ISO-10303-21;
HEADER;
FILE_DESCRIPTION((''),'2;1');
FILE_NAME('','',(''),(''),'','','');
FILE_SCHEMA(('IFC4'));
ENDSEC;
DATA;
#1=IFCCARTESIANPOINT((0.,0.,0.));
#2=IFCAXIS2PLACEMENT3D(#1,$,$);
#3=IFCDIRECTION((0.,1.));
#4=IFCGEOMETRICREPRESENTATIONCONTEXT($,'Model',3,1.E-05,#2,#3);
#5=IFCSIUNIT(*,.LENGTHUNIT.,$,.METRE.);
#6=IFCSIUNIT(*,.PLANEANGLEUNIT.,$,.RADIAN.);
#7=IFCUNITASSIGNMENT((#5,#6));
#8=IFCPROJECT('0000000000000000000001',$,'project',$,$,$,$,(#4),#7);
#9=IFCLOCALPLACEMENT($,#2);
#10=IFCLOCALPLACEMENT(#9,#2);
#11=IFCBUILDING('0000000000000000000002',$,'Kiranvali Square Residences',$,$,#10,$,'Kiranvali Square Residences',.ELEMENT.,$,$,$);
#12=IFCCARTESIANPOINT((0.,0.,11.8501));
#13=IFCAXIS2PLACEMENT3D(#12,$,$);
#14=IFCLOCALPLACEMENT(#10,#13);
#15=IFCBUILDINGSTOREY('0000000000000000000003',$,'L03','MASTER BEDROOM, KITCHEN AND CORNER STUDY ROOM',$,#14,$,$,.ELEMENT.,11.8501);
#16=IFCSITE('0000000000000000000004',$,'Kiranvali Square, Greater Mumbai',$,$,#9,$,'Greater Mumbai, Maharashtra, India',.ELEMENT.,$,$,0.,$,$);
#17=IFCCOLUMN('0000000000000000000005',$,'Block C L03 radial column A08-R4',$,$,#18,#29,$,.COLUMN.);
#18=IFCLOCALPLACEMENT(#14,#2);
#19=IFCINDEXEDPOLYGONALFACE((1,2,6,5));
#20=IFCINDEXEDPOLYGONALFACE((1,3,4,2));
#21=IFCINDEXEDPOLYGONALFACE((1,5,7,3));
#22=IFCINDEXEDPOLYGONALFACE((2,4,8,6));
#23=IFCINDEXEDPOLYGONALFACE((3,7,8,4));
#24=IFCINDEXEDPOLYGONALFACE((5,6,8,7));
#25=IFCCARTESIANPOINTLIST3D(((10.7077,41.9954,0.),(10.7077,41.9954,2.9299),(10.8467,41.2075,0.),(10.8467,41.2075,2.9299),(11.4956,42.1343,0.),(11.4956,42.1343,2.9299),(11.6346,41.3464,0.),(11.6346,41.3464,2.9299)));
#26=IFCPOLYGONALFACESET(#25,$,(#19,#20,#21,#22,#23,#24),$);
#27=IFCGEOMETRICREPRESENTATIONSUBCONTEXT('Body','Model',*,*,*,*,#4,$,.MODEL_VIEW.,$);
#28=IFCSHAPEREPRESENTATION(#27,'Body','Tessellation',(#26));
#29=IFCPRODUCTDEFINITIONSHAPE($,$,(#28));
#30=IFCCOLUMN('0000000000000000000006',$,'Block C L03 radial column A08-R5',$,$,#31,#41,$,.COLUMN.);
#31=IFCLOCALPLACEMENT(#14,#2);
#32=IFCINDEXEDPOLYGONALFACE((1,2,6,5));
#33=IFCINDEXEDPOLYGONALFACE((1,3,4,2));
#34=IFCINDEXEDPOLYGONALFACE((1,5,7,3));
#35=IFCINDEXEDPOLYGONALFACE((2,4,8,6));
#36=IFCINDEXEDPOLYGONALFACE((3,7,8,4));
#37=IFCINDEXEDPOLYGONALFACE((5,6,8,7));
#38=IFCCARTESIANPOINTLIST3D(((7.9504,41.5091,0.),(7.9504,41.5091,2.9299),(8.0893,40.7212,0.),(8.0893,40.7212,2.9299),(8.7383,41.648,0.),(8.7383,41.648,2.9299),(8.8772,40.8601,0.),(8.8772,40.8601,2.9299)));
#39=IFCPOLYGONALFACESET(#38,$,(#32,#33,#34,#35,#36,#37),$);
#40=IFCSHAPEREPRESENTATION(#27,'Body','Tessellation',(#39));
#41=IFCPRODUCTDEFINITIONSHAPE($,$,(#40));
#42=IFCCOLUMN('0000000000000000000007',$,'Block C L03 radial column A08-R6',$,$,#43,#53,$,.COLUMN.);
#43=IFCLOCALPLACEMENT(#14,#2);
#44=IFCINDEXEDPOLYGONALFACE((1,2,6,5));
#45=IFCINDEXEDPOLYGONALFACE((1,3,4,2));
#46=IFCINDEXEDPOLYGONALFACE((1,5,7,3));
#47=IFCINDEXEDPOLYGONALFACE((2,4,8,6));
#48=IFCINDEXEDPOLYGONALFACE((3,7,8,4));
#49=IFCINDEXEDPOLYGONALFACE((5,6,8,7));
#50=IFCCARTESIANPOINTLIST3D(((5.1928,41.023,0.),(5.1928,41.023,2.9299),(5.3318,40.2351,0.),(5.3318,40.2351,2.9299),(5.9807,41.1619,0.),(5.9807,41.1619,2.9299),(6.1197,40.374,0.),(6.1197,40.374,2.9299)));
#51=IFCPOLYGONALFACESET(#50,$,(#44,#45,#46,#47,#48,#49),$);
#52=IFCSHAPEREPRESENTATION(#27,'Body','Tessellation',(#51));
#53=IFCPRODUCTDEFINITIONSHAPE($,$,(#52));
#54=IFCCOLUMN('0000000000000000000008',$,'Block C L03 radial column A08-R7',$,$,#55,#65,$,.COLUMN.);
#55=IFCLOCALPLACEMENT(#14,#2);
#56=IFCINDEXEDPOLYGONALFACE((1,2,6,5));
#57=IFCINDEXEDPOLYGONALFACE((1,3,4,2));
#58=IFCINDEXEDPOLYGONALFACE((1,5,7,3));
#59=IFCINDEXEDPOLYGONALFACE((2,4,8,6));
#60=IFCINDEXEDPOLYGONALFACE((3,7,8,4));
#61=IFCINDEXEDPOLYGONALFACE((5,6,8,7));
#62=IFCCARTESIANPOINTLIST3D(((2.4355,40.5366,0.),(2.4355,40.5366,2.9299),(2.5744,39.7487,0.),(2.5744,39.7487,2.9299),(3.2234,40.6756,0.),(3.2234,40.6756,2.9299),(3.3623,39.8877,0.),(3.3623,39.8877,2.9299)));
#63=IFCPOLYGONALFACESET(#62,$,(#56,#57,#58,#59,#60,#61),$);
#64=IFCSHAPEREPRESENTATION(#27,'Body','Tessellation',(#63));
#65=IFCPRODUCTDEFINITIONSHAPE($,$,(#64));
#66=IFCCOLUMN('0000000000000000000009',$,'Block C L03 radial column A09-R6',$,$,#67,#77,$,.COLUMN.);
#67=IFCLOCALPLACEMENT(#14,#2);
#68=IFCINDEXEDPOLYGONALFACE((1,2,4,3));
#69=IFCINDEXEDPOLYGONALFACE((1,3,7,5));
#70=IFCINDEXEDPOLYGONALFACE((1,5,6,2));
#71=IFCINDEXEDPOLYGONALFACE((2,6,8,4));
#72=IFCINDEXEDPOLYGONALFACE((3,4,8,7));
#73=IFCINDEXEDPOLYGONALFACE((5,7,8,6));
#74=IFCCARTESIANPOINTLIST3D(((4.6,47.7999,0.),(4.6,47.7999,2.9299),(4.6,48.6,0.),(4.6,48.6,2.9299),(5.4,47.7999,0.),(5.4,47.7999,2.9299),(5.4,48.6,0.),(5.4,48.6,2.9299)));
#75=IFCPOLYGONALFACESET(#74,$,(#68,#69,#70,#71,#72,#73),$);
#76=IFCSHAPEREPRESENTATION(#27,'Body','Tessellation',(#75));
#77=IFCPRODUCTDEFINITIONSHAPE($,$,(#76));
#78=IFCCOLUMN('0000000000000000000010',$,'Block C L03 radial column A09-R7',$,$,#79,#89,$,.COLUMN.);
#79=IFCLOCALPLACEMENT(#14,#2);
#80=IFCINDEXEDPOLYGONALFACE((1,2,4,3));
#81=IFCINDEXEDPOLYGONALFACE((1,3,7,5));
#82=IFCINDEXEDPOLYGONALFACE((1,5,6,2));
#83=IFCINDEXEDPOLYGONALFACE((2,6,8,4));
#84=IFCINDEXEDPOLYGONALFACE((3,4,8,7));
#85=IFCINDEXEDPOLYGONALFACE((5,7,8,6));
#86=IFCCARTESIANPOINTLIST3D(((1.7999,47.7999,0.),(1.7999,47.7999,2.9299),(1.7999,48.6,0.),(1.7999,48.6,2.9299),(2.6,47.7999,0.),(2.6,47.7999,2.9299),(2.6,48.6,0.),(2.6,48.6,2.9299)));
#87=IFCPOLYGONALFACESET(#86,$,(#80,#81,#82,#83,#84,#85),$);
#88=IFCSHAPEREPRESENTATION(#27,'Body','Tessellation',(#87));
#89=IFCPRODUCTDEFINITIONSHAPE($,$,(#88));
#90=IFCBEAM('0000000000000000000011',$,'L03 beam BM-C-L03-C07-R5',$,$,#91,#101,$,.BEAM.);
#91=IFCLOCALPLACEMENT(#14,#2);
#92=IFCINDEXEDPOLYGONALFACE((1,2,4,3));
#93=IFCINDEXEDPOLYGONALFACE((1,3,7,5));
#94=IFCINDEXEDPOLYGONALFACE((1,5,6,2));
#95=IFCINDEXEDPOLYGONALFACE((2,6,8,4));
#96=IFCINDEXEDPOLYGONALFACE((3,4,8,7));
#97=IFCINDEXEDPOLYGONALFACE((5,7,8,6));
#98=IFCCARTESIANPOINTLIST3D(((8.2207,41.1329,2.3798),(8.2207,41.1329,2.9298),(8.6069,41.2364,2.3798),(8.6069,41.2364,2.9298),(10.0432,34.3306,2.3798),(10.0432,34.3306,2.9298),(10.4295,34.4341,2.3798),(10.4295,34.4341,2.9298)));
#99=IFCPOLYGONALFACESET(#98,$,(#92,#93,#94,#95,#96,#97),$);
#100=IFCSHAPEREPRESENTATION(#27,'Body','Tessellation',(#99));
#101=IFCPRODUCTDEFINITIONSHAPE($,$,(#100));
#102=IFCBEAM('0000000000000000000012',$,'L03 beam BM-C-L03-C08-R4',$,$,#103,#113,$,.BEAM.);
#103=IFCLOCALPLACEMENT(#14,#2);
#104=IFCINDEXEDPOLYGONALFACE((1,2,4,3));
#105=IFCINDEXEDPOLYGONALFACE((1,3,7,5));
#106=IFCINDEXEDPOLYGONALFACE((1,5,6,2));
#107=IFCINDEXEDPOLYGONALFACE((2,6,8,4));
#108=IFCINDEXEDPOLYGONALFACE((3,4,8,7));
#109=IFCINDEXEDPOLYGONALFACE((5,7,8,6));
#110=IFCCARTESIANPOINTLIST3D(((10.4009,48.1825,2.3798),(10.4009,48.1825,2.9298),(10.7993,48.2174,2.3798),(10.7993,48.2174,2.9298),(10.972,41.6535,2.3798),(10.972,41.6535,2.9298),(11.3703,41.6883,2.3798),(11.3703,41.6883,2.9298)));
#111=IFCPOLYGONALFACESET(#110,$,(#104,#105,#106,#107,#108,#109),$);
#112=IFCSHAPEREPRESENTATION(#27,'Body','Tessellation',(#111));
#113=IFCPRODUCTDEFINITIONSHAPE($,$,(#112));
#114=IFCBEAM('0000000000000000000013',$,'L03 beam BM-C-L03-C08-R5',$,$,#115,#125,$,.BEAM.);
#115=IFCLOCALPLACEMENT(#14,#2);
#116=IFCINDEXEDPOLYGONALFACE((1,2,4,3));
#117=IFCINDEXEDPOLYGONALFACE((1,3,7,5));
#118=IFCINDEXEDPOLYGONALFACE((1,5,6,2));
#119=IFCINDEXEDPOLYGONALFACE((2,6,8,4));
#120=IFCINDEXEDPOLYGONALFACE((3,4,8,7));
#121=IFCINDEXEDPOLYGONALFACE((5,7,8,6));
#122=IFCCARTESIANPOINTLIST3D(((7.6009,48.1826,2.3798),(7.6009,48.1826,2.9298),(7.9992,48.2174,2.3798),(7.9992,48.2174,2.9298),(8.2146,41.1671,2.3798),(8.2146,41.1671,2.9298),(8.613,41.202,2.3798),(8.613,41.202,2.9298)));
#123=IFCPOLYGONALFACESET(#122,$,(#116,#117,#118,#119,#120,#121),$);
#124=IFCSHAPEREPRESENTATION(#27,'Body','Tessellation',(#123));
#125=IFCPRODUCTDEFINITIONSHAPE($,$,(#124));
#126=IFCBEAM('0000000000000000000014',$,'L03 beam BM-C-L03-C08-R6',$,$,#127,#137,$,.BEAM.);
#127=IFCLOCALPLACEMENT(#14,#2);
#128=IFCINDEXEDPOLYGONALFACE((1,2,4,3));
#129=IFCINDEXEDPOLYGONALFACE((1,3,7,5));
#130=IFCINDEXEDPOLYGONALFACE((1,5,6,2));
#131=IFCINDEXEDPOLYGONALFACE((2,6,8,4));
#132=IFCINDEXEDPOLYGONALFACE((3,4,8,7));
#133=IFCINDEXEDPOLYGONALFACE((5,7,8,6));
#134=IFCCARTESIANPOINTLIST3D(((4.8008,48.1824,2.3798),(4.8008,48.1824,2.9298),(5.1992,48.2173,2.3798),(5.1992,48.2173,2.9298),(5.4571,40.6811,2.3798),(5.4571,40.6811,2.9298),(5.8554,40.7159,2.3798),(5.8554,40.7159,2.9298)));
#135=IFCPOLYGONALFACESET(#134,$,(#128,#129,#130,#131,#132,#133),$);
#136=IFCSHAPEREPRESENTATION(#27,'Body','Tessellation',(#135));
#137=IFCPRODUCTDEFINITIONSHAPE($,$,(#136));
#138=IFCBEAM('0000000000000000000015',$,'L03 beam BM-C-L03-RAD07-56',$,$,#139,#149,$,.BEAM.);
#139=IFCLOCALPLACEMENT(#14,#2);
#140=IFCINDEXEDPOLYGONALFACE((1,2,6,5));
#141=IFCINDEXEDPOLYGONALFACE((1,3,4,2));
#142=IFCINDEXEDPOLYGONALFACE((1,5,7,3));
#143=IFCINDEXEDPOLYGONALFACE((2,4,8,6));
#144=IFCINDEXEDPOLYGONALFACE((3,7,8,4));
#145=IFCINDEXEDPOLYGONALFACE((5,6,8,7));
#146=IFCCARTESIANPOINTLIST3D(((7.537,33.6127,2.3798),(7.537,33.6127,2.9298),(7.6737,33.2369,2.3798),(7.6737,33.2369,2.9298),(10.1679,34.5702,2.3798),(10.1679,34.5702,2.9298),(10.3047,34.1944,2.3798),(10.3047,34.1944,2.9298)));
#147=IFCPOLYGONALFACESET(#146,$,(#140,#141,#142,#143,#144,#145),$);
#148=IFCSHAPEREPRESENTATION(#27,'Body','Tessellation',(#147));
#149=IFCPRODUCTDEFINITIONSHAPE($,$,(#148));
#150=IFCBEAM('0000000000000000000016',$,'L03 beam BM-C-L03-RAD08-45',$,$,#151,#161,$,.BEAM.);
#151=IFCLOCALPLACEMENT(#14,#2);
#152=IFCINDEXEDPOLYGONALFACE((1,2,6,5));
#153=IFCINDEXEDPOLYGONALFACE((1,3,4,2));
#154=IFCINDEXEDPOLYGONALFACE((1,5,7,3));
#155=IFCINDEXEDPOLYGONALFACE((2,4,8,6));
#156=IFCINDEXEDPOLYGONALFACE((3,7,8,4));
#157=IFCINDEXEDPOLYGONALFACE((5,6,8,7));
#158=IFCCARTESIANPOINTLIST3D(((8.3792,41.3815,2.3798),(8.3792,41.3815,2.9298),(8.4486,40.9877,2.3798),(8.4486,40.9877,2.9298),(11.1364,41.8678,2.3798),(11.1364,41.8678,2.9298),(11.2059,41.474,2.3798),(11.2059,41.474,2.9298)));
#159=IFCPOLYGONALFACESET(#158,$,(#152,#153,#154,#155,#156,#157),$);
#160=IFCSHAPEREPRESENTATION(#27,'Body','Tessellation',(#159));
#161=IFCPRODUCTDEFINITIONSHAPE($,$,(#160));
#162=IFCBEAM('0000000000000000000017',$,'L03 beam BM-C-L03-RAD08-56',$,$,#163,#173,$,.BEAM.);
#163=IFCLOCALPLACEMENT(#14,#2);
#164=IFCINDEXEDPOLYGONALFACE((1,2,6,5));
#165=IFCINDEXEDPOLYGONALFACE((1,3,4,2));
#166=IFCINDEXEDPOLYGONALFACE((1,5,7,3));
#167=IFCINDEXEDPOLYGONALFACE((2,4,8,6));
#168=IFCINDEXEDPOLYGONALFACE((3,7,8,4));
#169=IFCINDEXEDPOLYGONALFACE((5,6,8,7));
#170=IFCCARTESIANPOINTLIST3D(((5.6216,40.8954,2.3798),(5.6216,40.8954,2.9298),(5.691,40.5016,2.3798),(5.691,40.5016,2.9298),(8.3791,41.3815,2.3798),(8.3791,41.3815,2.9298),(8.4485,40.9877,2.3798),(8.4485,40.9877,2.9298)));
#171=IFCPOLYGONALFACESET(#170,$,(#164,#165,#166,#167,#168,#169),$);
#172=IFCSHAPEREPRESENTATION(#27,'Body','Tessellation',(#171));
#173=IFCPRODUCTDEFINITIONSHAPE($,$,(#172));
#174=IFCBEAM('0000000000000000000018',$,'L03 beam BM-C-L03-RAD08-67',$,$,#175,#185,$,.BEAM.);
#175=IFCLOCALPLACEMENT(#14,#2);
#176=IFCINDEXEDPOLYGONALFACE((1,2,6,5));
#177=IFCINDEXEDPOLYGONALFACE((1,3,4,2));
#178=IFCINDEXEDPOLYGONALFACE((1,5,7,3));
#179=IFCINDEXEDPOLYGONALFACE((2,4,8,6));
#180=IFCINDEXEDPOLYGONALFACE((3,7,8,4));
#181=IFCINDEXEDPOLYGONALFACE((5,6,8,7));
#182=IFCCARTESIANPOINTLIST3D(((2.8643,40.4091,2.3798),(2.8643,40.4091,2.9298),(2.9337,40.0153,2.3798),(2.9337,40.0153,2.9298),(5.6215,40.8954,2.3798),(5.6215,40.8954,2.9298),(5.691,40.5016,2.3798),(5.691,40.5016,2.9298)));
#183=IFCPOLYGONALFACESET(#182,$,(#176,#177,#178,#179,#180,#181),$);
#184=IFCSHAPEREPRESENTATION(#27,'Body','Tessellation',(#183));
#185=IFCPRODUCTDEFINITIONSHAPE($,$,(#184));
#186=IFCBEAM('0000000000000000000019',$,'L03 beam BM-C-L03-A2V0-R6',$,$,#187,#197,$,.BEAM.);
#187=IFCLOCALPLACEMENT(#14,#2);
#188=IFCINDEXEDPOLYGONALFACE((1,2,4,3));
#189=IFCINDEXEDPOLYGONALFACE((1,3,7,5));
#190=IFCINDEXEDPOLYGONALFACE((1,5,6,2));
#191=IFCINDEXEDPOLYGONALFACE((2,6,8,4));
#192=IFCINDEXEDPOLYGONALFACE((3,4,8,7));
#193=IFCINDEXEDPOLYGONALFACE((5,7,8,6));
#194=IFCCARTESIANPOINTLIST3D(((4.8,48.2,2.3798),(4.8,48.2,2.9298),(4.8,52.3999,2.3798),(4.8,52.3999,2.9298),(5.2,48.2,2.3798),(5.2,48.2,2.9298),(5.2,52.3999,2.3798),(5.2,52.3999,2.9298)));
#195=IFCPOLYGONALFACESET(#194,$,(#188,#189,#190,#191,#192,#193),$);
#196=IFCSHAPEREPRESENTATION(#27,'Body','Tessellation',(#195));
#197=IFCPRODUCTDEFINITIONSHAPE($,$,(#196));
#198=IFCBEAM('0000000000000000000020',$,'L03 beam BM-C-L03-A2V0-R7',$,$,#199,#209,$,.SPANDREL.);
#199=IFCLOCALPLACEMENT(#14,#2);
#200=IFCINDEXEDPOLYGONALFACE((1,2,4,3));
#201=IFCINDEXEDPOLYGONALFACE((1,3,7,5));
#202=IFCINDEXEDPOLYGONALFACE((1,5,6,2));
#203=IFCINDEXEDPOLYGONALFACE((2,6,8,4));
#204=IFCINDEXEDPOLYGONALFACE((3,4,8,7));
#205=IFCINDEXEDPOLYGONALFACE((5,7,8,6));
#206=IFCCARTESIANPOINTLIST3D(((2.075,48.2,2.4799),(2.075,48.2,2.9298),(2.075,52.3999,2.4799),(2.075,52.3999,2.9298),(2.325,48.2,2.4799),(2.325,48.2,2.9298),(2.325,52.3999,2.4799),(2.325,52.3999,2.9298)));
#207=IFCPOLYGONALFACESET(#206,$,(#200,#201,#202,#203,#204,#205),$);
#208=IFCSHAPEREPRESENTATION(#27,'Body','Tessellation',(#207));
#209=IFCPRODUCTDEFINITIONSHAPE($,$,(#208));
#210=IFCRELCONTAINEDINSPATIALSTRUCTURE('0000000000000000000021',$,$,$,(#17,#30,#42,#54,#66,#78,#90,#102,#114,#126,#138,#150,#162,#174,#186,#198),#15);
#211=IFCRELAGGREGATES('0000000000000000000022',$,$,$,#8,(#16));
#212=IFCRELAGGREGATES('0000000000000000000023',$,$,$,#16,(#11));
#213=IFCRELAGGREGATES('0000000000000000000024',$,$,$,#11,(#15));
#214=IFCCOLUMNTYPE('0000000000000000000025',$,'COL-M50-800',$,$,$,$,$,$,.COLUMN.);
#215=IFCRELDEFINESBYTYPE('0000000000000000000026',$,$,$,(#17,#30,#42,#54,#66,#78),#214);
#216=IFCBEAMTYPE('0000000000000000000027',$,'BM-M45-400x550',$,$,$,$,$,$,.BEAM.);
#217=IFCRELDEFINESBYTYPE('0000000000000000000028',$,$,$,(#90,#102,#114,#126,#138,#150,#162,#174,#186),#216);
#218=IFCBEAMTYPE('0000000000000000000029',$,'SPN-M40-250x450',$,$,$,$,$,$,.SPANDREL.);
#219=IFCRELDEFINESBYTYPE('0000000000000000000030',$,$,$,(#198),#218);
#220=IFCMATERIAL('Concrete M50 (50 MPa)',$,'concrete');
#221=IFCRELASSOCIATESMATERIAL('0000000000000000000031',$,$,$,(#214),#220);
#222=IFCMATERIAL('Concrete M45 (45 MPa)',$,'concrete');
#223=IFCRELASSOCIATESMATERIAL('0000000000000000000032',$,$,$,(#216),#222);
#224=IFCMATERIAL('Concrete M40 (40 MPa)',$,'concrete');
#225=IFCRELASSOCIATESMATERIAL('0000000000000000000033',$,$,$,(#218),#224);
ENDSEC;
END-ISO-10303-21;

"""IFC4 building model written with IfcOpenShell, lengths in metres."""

from ifc_helpers import new_model, si_unit, direction, frame, origin, origin_2d, place, context, subcontext, project, spatial, rectangle, extrude, material, material_profile, profile_set, type_object, element, save


model = new_model("IFC4")

# Units and contexts
model_context = context("Model", 3, precision=1e-05, world=origin(), true_north=direction((0.0, 1.0)))
body_context = subcontext(model_context, "Body", "Model", "MODEL_VIEW")
ifc_project = project(units=[si_unit("LENGTHUNIT", "METRE"), si_unit("PLANEANGLEUNIT", "RADIAN")], contexts=[model_context])

# Site, building, storey
site_placement = place(None, origin())
site = spatial("IfcSite", under=ifc_project, at=site_placement, Name="Kiranvali Square, Greater Mumbai", LongName="Greater Mumbai, Maharashtra, India", CompositionType="ELEMENT", RefElevation=0.0)
building_placement = place(site_placement, origin())
building = spatial("IfcBuilding", under=site, at=building_placement, Name="Kiranvali Square Residences", LongName="Kiranvali Square Residences", CompositionType="ELEMENT")
storey_placement = place(building_placement, frame((0.0, 0.0, 11.8501)))
storey = spatial("IfcBuildingStorey", under=building, at=storey_placement, Name="L03", Description="MASTER BEDROOM, KITCHEN AND CORNER STUDY ROOM", CompositionType="ELEMENT", Elevation=11.8501)

# Columns
ifc_material_1 = material(Name="Concrete M50 (50 MPa)", Category="concrete")
ifc_material_profile_1 = material_profile(ifc_material_1, rectangle(XDim=0.8, YDim=0.8, at=origin_2d()), Name="RC 800x800")
ifc_profile_set_1 = profile_set([ifc_material_profile_1], Name="Concrete M50 (50 MPa)")
column_type = type_object("IfcColumnType", Name="COL-M50-800", PredefinedType="COLUMN", material=ifc_profile_set_1)
for number, where, z_axis, x_axis, name in (
    (1, (11.1711, 41.6709, 0.0), (0.0, 0.0, 1.0), (-0.173648, 0.984808, 0.0), "Block C L03 radial column A08-R4"),
    (2, (8.4138, 41.1846, 0.0), (0.0, 0.0, 1.0), (-0.173648, 0.984808, 0.0), "Block C L03 radial column A08-R5"),
    (3, (5.6562, 40.6985, 0.0), (0.0, 0.0, 1.0), (-0.173648, 0.984808, 0.0), "Block C L03 radial column A08-R6"),
    (4, (2.8989, 40.2122, 0.0), (0.0, 0.0, 1.0), (-0.173648, 0.984808, 0.0), "Block C L03 radial column A08-R7"),
    (5, (5.0, 48.2, 0.0), (0.0, 0.0, 1.0), (0.0, 1.0, 0.0), "Block C L03 radial column A09-R6"),
    (6, (2.2, 48.2, 0.0), (0.0, 0.0, 1.0), (0.0, 1.0, 0.0), "Block C L03 radial column A09-R7"),
):
    element("IfcColumn", number, at=place(storey_placement, frame(where, z_axis=z_axis, x_axis=x_axis)), inside=storey, type_object=column_type, Name=name, PredefinedType="COLUMN", context=body_context, shape_type="SweptSolid", body=[
        extrude(rectangle(XDim=0.8, YDim=0.8, at=origin_2d()), origin(), (0.0, 0.0, 1.0), 2.9299),
    ])

# Beams
ifc_material_2 = material(Name="Concrete M45 (45 MPa)", Category="concrete")
ifc_material_profile_2 = material_profile(ifc_material_2, rectangle(XDim=0.3999, YDim=0.55, at=origin_2d()), Name="RC 400x550")
ifc_profile_set_2 = profile_set([ifc_material_profile_2], Name="Concrete M45 (45 MPa)")
beam_type_1 = type_object("IfcBeamType", Name="BM-M45-400x550", PredefinedType="BEAM", material=ifc_profile_set_2)
beam_1_placement = place(storey_placement, frame((10.2363, 34.3823, 2.6548), z_axis=(-0.2588, 0.965931, 0.0), x_axis=(-0.965931, -0.2588, 0.0)))
element("IfcBeam", 7, at=beam_1_placement, inside=storey, type_object=beam_type_1, Name="L03 beam BM-C-L03-C07-R5", PredefinedType="BEAM", context=body_context, shape_type="SweptSolid", body=[
    extrude(rectangle(XDim=0.3999, YDim=0.55, at=origin_2d()), origin(), (0.0, 0.0, 1.0), 7.0422),
])
beam_2_placement = place(storey_placement, frame((11.1711, 41.6709, 2.6548), z_axis=(-0.08713, 0.996197, 0.0), x_axis=(-0.996197, -0.08713, 0.0)))
element("IfcBeam", 8, at=beam_2_placement, inside=storey, type_object=beam_type_1, Name="L03 beam BM-C-L03-C08-R4", PredefinedType="BEAM", context=body_context, shape_type="SweptSolid", body=[
    extrude(rectangle(XDim=0.3999, YDim=0.55, at=origin_2d()), origin(), (0.0, 0.0, 1.0), 6.554),
])
beam_3_placement = place(storey_placement, frame((8.4138, 41.1846, 2.6548), z_axis=(-0.087156, 0.996195, 0.0), x_axis=(-0.996195, -0.087156, 0.0)))
element("IfcBeam", 9, at=beam_3_placement, inside=storey, type_object=beam_type_1, Name="L03 beam BM-C-L03-C08-R5", PredefinedType="BEAM", context=body_context, shape_type="SweptSolid", body=[
    extrude(rectangle(XDim=0.3999, YDim=0.55, at=origin_2d()), origin(), (0.0, 0.0, 1.0), 7.0422),
])
beam_4_placement = place(storey_placement, frame((5.6562, 40.6985, 2.6548), z_axis=(-0.08715, 0.996195, 0.0), x_axis=(-0.996195, -0.08715, 0.0)))
element("IfcBeam", 10, at=beam_4_placement, inside=storey, type_object=beam_type_1, Name="L03 beam BM-C-L03-C08-R6", PredefinedType="BEAM", context=body_context, shape_type="SweptSolid", body=[
    extrude(rectangle(XDim=0.3999, YDim=0.55, at=origin_2d()), origin(), (0.0, 0.0, 1.0), 7.53),
])
for number, where, z_axis, x_axis, name in (
    (11, (10.2363, 34.3823, 2.6548), (-0.939707, -0.341981, 0.0), (0.341981, -0.939707, 0.0), "L03 beam BM-C-L03-RAD07-56"),
    (12, (11.1711, 41.6709, 2.6548), (-0.984799, -0.173696, 0.0), (0.173696, -0.984799, 0.0), "L03 beam BM-C-L03-RAD08-45"),
):
    element("IfcBeam", number, at=place(storey_placement, frame(where, z_axis=z_axis, x_axis=x_axis)), inside=storey, type_object=beam_type_1, Name=name, PredefinedType="BEAM", context=body_context, shape_type="SweptSolid", body=[
        extrude(rectangle(XDim=0.3999, YDim=0.55, at=origin_2d()), origin(), (0.0, 0.0, 1.0), 2.7998),
    ])
beam_5_placement = place(storey_placement, frame((8.4138, 41.1846, 2.6548), z_axis=(-0.984817, -0.173596, 0.0), x_axis=(0.173596, -0.984817, 0.0)))
element("IfcBeam", 13, at=beam_5_placement, inside=storey, type_object=beam_type_1, Name="L03 beam BM-C-L03-RAD08-56", PredefinedType="BEAM", context=body_context, shape_type="SweptSolid", body=[
    extrude(rectangle(XDim=0.3999, YDim=0.55, at=origin_2d()), origin(), (0.0, 0.0, 1.0), 2.8),
])
beam_6_placement = place(storey_placement, frame((5.6562, 40.6985, 2.6548), z_axis=(-0.984799, -0.173696, 0.0), x_axis=(0.173696, -0.984799, 0.0)))
element("IfcBeam", 14, at=beam_6_placement, inside=storey, type_object=beam_type_1, Name="L03 beam BM-C-L03-RAD08-67", PredefinedType="BEAM", context=body_context, shape_type="SweptSolid", body=[
    extrude(rectangle(XDim=0.3999, YDim=0.55, at=origin_2d()), origin(), (0.0, 0.0, 1.0), 2.7998),
])
beam_7_placement = place(storey_placement, frame((5.0, 48.2, 2.6548), z_axis=(0.0, 1.0, 0.0), x_axis=(-1.0, 0.0, 0.0)))
element("IfcBeam", 15, at=beam_7_placement, inside=storey, type_object=beam_type_1, Name="L03 beam BM-C-L03-A2V0-R6", PredefinedType="BEAM", context=body_context, shape_type="SweptSolid", body=[
    extrude(rectangle(XDim=0.3999, YDim=0.55, at=origin_2d()), origin(), (0.0, 0.0, 1.0), 4.2),
])
ifc_material_3 = material(Name="Concrete M40 (40 MPa)", Category="concrete")
ifc_material_profile_3 = material_profile(ifc_material_3, rectangle(XDim=0.25, YDim=0.45, at=origin_2d()), Name="RC 250x450")
ifc_profile_set_3 = profile_set([ifc_material_profile_3], Name="Concrete M40 (40 MPa)")
beam_type_2 = type_object("IfcBeamType", Name="SPN-M40-250x450", PredefinedType="SPANDREL", material=ifc_profile_set_3)
beam_8_placement = place(storey_placement, frame((2.2, 48.2, 2.7048), z_axis=(0.0, 1.0, 0.0), x_axis=(-1.0, 0.0, 0.0)))
element("IfcBeam", 16, at=beam_8_placement, inside=storey, type_object=beam_type_2, Name="L03 beam BM-C-L03-A2V0-R7", PredefinedType="SPANDREL", context=body_context, shape_type="SweptSolid", body=[
    extrude(rectangle(XDim=0.25, YDim=0.45, at=origin_2d()), origin(), (0.0, 0.0, 1.0), 4.2),
])

save(model, "model.ifc")
